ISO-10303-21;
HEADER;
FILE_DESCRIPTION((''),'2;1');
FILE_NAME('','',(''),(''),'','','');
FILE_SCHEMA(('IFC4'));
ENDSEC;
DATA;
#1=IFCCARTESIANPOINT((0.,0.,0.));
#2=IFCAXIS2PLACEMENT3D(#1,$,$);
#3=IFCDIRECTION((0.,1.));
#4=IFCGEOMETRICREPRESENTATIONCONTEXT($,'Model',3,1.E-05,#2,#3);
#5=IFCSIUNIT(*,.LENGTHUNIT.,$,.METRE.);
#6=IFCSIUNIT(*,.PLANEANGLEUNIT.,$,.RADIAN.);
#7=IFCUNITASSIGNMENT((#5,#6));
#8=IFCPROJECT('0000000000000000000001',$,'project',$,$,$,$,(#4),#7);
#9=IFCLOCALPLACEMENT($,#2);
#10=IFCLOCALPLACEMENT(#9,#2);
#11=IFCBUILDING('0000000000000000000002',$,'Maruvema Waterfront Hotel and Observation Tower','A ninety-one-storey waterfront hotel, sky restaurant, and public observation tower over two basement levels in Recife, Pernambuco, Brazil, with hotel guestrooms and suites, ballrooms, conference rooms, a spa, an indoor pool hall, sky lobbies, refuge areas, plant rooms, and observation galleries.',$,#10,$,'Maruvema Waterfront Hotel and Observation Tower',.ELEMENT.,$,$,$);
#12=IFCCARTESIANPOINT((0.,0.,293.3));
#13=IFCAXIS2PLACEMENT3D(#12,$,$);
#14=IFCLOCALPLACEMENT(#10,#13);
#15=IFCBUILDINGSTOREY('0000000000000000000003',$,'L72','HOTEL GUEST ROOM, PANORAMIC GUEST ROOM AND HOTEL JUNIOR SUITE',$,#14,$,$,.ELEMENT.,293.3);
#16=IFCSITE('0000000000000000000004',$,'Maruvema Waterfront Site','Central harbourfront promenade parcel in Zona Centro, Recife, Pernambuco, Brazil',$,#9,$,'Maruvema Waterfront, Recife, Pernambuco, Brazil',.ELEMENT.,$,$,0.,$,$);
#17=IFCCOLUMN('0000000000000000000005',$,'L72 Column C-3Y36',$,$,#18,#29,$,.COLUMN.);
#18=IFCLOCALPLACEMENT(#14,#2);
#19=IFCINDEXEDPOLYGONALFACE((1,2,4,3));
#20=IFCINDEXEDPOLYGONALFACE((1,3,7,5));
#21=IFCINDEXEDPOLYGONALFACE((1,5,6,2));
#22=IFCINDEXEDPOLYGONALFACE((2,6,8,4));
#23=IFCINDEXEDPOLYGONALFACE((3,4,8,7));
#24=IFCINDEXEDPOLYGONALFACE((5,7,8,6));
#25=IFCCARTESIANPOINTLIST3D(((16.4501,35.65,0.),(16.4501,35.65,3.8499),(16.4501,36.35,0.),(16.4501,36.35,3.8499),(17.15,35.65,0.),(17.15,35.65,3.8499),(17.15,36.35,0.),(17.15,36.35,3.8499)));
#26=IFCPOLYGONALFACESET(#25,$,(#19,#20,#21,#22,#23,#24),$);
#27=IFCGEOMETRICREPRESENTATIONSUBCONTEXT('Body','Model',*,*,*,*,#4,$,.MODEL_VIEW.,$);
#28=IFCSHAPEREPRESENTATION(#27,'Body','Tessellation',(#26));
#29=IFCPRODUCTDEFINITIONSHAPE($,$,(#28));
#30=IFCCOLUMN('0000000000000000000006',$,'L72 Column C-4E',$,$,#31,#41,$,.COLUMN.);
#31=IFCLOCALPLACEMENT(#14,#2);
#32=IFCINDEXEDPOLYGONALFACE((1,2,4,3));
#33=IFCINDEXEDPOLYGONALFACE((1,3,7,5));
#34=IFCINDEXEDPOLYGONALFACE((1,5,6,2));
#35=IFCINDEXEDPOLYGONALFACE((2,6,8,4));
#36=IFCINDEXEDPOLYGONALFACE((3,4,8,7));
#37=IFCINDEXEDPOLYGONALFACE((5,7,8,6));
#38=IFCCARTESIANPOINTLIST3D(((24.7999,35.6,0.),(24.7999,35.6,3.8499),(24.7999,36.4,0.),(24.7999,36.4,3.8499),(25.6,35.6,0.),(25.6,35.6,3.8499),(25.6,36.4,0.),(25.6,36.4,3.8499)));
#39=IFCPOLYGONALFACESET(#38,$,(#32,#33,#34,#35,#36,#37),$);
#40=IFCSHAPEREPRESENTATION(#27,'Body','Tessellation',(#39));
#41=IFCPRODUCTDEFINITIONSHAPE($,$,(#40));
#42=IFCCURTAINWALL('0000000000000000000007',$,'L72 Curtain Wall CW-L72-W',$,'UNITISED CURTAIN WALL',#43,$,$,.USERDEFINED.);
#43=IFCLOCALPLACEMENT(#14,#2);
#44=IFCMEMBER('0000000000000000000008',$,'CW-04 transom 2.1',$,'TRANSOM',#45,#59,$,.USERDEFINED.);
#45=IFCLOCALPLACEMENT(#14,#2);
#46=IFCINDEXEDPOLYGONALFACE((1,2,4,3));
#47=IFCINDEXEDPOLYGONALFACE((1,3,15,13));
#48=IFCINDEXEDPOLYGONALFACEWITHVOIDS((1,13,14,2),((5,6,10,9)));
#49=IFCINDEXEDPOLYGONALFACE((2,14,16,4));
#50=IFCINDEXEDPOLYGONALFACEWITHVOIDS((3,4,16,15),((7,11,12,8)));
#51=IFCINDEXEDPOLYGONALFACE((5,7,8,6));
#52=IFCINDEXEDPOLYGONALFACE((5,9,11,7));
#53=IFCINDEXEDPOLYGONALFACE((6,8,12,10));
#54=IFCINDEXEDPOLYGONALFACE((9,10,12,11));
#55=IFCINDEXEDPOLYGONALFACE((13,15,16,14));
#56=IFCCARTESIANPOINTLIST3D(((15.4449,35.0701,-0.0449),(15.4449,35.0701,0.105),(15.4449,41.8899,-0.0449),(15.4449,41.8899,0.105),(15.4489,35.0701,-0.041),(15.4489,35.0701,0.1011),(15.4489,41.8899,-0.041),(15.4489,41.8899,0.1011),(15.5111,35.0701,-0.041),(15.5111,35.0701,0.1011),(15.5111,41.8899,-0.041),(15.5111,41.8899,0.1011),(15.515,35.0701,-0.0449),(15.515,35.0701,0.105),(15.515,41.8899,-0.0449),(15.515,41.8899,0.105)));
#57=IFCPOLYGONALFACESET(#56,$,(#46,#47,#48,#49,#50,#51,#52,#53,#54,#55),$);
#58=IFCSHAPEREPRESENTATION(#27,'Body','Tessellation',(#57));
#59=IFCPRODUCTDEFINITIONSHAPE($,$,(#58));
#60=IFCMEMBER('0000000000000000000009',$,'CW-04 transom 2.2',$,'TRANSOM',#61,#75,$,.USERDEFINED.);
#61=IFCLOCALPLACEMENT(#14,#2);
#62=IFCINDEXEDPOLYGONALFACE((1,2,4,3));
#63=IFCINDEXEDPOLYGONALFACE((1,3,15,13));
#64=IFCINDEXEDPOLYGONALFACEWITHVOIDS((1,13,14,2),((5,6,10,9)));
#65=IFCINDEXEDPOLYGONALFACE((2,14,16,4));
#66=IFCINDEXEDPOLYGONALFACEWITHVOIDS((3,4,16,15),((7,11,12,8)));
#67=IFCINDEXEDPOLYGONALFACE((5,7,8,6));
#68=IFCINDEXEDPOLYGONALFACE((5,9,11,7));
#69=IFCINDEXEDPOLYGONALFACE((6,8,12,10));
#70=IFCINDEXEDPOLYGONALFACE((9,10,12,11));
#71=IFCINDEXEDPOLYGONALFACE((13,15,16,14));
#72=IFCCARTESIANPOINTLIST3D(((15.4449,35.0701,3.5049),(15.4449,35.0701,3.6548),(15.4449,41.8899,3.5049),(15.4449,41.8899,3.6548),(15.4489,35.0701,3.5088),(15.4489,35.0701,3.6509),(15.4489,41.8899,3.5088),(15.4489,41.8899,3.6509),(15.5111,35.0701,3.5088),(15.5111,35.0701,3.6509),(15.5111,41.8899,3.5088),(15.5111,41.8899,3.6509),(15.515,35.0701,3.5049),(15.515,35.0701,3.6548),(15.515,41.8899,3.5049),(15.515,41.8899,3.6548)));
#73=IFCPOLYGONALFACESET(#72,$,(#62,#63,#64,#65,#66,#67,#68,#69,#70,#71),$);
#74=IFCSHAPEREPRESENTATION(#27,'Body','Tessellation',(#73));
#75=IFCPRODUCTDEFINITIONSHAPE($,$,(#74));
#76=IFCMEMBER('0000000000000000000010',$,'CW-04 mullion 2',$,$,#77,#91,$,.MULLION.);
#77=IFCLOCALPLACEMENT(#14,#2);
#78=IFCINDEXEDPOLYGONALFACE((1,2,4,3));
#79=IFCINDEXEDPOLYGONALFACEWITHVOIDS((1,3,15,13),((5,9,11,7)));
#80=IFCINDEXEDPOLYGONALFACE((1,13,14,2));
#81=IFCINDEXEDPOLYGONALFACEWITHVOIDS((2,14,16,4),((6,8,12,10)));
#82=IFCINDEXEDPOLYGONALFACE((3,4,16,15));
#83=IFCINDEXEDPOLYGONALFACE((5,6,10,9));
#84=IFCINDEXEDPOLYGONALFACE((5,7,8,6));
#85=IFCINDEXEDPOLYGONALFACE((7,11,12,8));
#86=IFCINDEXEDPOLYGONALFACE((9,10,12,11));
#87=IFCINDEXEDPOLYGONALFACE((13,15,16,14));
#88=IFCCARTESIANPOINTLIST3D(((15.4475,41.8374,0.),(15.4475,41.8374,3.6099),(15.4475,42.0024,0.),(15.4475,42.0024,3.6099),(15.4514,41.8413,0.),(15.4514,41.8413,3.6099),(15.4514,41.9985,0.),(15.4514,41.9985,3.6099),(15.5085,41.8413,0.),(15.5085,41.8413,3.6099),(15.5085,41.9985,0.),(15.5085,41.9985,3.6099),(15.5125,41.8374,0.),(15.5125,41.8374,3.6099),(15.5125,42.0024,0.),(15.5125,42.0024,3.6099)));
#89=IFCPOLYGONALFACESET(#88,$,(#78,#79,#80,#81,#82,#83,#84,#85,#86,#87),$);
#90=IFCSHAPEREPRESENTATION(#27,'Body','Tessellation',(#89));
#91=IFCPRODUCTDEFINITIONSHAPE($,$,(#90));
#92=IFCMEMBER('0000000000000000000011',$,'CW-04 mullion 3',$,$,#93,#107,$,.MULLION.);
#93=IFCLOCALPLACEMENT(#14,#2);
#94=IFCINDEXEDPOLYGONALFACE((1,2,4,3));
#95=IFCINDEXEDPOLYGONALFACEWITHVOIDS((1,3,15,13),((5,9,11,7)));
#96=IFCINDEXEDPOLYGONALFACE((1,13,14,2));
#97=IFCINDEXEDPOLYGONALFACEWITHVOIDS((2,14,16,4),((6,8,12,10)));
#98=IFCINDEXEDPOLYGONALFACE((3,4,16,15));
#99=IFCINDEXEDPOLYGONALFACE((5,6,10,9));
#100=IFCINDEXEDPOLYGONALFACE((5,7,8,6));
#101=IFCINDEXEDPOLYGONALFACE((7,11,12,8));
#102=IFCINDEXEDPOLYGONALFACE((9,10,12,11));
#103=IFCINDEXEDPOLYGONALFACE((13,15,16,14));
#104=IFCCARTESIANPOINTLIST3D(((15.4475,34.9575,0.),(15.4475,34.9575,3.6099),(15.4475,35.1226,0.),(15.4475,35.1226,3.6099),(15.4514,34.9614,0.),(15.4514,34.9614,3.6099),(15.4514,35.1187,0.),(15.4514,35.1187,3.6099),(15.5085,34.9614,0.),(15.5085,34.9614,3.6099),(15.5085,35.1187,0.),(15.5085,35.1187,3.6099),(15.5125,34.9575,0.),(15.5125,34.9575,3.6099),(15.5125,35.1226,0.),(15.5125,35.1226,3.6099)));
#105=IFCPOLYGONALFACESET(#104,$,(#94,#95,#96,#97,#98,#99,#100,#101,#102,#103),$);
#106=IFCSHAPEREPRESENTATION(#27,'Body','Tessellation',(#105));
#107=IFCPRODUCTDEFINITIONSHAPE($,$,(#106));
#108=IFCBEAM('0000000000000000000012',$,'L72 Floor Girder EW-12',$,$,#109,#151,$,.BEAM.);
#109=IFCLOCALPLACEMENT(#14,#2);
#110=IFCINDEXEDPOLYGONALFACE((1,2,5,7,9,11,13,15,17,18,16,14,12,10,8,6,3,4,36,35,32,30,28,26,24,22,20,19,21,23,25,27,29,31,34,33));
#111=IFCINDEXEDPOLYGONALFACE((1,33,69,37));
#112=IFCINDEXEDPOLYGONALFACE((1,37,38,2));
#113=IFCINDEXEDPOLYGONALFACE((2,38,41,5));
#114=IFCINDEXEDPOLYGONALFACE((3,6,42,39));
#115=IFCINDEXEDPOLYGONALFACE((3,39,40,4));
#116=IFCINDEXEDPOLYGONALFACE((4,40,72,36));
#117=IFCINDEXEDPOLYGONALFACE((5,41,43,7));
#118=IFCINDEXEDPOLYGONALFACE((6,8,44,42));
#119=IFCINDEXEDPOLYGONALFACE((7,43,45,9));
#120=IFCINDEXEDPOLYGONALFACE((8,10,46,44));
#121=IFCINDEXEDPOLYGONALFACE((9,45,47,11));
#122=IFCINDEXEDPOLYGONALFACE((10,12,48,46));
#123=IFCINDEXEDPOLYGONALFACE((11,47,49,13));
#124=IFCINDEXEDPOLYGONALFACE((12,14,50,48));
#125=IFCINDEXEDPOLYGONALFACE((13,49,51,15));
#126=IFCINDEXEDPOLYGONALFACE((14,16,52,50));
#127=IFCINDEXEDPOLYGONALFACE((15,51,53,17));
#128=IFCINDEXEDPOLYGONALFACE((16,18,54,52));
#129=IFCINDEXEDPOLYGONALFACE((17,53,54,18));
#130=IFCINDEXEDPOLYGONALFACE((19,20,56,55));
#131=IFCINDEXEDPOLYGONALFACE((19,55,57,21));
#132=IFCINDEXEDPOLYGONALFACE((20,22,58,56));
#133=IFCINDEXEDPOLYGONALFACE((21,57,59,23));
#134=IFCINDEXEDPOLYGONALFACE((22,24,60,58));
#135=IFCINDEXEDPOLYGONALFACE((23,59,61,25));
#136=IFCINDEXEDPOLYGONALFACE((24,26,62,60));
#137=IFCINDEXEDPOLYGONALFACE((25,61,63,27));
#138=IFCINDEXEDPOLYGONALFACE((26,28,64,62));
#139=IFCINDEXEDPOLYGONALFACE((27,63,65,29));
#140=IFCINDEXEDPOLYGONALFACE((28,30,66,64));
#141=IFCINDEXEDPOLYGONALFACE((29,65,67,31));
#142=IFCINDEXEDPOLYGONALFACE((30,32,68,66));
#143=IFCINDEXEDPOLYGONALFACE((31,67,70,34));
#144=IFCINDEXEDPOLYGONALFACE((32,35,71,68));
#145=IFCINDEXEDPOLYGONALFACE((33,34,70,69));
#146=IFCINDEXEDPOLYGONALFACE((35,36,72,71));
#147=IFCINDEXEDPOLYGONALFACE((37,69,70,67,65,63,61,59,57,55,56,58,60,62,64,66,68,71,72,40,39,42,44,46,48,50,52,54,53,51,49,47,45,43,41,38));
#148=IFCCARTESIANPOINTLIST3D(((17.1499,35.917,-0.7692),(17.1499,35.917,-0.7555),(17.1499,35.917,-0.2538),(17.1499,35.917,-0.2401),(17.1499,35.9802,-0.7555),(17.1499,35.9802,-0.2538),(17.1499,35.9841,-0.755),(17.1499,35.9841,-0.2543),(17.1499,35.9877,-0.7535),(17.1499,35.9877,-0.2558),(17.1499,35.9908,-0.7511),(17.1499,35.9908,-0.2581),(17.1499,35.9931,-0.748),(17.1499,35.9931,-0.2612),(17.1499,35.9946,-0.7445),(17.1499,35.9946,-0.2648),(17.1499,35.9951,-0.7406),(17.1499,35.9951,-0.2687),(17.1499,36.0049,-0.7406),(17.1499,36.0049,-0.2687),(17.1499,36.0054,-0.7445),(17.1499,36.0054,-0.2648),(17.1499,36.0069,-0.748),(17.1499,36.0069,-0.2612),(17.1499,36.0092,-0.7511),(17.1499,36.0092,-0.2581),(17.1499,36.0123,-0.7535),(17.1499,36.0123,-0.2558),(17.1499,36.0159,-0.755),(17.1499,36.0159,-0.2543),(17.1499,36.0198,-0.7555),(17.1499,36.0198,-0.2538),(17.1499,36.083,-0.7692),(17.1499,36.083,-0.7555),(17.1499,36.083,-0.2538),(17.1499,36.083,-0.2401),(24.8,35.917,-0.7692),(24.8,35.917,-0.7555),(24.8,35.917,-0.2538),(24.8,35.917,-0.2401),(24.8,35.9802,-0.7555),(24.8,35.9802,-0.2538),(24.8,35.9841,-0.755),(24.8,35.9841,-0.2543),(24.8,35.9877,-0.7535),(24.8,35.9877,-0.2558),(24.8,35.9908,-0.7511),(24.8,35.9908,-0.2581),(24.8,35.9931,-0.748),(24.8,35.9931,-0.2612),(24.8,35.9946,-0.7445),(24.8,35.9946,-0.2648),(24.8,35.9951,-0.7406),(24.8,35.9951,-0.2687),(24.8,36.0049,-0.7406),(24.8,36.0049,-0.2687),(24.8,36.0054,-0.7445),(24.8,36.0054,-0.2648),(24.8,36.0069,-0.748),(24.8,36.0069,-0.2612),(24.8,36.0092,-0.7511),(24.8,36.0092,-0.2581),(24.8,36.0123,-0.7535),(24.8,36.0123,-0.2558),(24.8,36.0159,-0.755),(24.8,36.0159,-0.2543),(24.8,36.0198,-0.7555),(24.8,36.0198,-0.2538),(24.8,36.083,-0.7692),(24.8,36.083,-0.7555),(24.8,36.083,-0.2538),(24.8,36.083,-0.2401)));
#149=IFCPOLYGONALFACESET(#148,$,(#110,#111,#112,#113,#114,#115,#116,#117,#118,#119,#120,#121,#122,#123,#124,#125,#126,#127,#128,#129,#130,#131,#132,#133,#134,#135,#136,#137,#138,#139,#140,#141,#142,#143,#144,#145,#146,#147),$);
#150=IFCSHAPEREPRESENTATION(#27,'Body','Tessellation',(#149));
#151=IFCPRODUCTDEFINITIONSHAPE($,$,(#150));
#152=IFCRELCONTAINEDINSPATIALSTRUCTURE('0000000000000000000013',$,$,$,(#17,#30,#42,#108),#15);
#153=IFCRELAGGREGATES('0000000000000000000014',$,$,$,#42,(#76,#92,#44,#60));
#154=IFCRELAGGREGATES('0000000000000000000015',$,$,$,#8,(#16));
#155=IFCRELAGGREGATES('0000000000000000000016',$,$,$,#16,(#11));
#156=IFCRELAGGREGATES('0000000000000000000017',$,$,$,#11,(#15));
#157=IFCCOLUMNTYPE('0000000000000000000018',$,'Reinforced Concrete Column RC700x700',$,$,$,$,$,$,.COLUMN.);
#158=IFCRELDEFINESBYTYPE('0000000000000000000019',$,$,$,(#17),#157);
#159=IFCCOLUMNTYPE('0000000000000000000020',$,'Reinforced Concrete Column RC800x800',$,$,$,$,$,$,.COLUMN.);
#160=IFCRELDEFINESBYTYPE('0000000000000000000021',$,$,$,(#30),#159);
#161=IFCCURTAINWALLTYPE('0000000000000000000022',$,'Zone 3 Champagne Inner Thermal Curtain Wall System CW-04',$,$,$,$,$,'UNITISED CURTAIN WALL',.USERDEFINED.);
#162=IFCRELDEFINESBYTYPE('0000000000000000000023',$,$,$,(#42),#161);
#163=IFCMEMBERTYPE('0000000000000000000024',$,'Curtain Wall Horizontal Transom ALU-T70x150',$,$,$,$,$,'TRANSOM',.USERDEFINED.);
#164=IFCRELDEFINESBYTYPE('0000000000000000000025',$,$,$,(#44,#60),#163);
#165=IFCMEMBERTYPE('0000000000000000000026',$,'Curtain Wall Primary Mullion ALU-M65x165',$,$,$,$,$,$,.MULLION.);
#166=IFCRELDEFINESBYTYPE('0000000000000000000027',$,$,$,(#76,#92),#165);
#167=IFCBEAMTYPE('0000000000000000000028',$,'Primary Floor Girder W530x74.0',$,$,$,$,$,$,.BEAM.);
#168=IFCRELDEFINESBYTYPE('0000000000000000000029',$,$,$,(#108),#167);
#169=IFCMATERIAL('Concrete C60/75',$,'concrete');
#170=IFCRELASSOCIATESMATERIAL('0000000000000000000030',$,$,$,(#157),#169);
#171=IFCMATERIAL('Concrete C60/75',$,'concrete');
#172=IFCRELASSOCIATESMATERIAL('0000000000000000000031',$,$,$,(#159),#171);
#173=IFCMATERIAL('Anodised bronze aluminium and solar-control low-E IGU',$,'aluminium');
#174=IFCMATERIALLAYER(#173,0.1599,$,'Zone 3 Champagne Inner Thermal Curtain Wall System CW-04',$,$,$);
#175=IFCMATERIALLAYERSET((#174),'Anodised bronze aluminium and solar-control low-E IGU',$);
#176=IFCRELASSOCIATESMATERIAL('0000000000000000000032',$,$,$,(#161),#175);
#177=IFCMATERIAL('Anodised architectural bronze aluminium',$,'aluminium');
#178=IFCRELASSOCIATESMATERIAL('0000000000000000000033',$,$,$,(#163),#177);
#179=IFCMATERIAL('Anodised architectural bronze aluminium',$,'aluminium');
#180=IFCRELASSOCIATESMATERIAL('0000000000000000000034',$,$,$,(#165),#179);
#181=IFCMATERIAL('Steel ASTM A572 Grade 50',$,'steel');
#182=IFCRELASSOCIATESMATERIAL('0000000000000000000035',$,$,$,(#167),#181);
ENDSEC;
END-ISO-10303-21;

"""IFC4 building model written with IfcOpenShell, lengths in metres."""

from ifc_helpers import new_model, si_unit, direction, frame, origin, origin_2d, place, context, subcontext, project, spatial, rectangle, hollow_rectangle, i_section, extrude, material, layer, layer_set, material_profile, profile_set, type_object, element, aggregate, save


model = new_model("IFC4")

# Units and contexts
model_context = context("Model", 3, precision=1e-05, world=origin(), true_north=direction((0.0, 1.0)))
body_context = subcontext(model_context, "Body", "Model", "MODEL_VIEW")
ifc_project = project(units=[si_unit("LENGTHUNIT", "METRE"), si_unit("PLANEANGLEUNIT", "RADIAN")], contexts=[model_context])

# Site, building, storey
site_placement = place(None, origin())
site = spatial("IfcSite", under=ifc_project, at=site_placement, Name="Maruvema Waterfront Site", Description="Central harbourfront promenade parcel in Zona Centro, Recife, Pernambuco, Brazil", LongName="Maruvema Waterfront, Recife, Pernambuco, Brazil", CompositionType="ELEMENT", RefElevation=0.0)
building_placement = place(site_placement, origin())
building = spatial("IfcBuilding", under=site, at=building_placement, Name="Maruvema Waterfront Hotel and Observation Tower", Description="A ninety-one-storey waterfront hotel, sky restaurant, and public observation tower over two basement levels in Recife, Pernambuco, Brazil, with hotel guestrooms and suites, ballrooms, conference rooms, a spa, an indoor pool hall, sky lobbies, refuge areas, plant rooms, and observation galleries.", LongName="Maruvema Waterfront Hotel and Observation Tower", CompositionType="ELEMENT")
storey_placement = place(building_placement, frame((0.0, 0.0, 293.3)))
storey = spatial("IfcBuildingStorey", under=building, at=storey_placement, Name="L72", Description="HOTEL GUEST ROOM, PANORAMIC GUEST ROOM AND HOTEL JUNIOR SUITE", CompositionType="ELEMENT", Elevation=293.3)

# Columns
ifc_material_1 = material(Name="Concrete C60/75", Category="concrete")
ifc_material_profile_1 = material_profile(ifc_material_1, rectangle(XDim=0.7, YDim=0.7, at=origin_2d()), Name="RC700x700")
ifc_profile_set_1 = profile_set([ifc_material_profile_1], Name="Concrete C60/75")
column_type_1 = type_object("IfcColumnType", Name="Reinforced Concrete Column RC700x700", PredefinedType="COLUMN", material=ifc_profile_set_1)
column_1_placement = place(storey_placement, frame((16.8, 36.0, 0.0), z_axis=(0.0, 0.0, 1.0), x_axis=(1.0, 0.0, 0.0)))
element("IfcColumn", 1, at=column_1_placement, inside=storey, type_object=column_type_1, Name="L72 Column C-3Y36", PredefinedType="COLUMN", context=body_context, shape_type="SweptSolid", body=[
    extrude(rectangle(XDim=0.7, YDim=0.7, at=origin_2d()), origin(), (0.0, 0.0, 1.0), 3.8499),
])
ifc_material_2 = material(Name="Concrete C60/75", Category="concrete")
ifc_material_profile_2 = material_profile(ifc_material_2, rectangle(XDim=0.8, YDim=0.8, at=origin_2d()), Name="RC800x800")
ifc_profile_set_2 = profile_set([ifc_material_profile_2], Name="Concrete C60/75")
column_type_2 = type_object("IfcColumnType", Name="Reinforced Concrete Column RC800x800", PredefinedType="COLUMN", material=ifc_profile_set_2)
column_2_placement = place(storey_placement, frame((25.2, 36.0, 0.0), z_axis=(0.0, 0.0, 1.0), x_axis=(1.0, 0.0, 0.0)))
element("IfcColumn", 2, at=column_2_placement, inside=storey, type_object=column_type_2, Name="L72 Column C-4E", PredefinedType="COLUMN", context=body_context, shape_type="SweptSolid", body=[
    extrude(rectangle(XDim=0.8, YDim=0.8, at=origin_2d()), origin(), (0.0, 0.0, 1.0), 3.8499),
])

# Curtain wall, members
ifc_material_3 = material(Name="Anodised bronze aluminium and solar-control low-E IGU", Category="aluminium")
ifc_layer_1 = layer(ifc_material_3, 0.1599, Name="Zone 3 Champagne Inner Thermal Curtain Wall System CW-04")
ifc_layer_set_1 = layer_set([ifc_layer_1], Name="Anodised bronze aluminium and solar-control low-E IGU")
curtain_wall_type = type_object("IfcCurtainWallType", Name="Zone 3 Champagne Inner Thermal Curtain Wall System CW-04", ElementType="UNITISED CURTAIN WALL", PredefinedType="USERDEFINED", material=ifc_layer_set_1)
curtain_wall_placement = place(storey_placement, origin())
curtain_wall = element("IfcCurtainWall", 3, at=curtain_wall_placement, inside=storey, type_object=curtain_wall_type, Name="L72 Curtain Wall CW-L72-W", ObjectType="UNITISED CURTAIN WALL", PredefinedType="USERDEFINED")
ifc_material_4 = material(Name="Anodised architectural bronze aluminium", Category="aluminium")
ifc_material_profile_3 = material_profile(ifc_material_4, hollow_rectangle(XDim=0.0701, YDim=0.1499, WallThickness=0.0039, at=origin_2d()), Name="ALU-T70x150")
ifc_profile_set_3 = profile_set([ifc_material_profile_3], Name="Anodised architectural bronze aluminium")
member_type_1 = type_object("IfcMemberType", Name="Curtain Wall Horizontal Transom ALU-T70x150", ElementType="TRANSOM", PredefinedType="USERDEFINED", material=ifc_profile_set_3)
member_1_placement = place(storey_placement, frame((15.48, 41.8899, 0.03), z_axis=(0.0, -1.0, 0.0), x_axis=(1.0, 0.0, 0.0)))
member_1 = element("IfcMember", 4, at=member_1_placement, type_object=member_type_1, Name="CW-04 transom 2.1", ObjectType="TRANSOM", PredefinedType="USERDEFINED", context=body_context, shape_type="SweptSolid", body=[
    extrude(hollow_rectangle(XDim=0.0701, YDim=0.1499, WallThickness=0.0039, at=origin_2d()), origin(), (0.0, 0.0, 1.0), 6.8198),
])
member_2_placement = place(storey_placement, frame((15.48, 41.8899, 3.5798), z_axis=(0.0, -1.0, 0.0), x_axis=(1.0, 0.0, 0.0)))
member_2 = element("IfcMember", 5, at=member_2_placement, type_object=member_type_1, Name="CW-04 transom 2.2", ObjectType="TRANSOM", PredefinedType="USERDEFINED", context=body_context, shape_type="SweptSolid", body=[
    extrude(hollow_rectangle(XDim=0.0701, YDim=0.1499, WallThickness=0.0039, at=origin_2d()), origin(), (0.0, 0.0, 1.0), 6.8198),
])
ifc_material_5 = material(Name="Anodised architectural bronze aluminium", Category="aluminium")
ifc_material_profile_4 = material_profile(ifc_material_5, hollow_rectangle(XDim=0.0649, YDim=0.165, WallThickness=0.0039, at=origin_2d()), Name="ALU-M65x165")
ifc_profile_set_4 = profile_set([ifc_material_profile_4], Name="Anodised architectural bronze aluminium")
member_type_2 = type_object("IfcMemberType", Name="Curtain Wall Primary Mullion ALU-M65x165", PredefinedType="MULLION", material=ifc_profile_set_4)
member_3_placement = place(storey_placement, frame((15.48, 41.9199, 0.0), z_axis=(0.0, 0.0, 1.0), x_axis=(1.0, 0.0, 0.0)))
member_3 = element("IfcMember", 6, at=member_3_placement, type_object=member_type_2, Name="CW-04 mullion 2", PredefinedType="MULLION", context=body_context, shape_type="SweptSolid", body=[
    extrude(hollow_rectangle(XDim=0.0649, YDim=0.165, WallThickness=0.0039, at=origin_2d()), origin(), (0.0, 0.0, 1.0), 3.6099),
])
member_4_placement = place(storey_placement, frame((15.48, 35.04, 0.0), z_axis=(0.0, 0.0, 1.0), x_axis=(1.0, 0.0, 0.0)))
member_4 = element("IfcMember", 7, at=member_4_placement, type_object=member_type_2, Name="CW-04 mullion 3", PredefinedType="MULLION", context=body_context, shape_type="SweptSolid", body=[
    extrude(hollow_rectangle(XDim=0.0649, YDim=0.165, WallThickness=0.0039, at=origin_2d()), origin(), (0.0, 0.0, 1.0), 3.6099),
])

# Beam
ifc_material_6 = material(Name="Steel ASTM A572 Grade 50", Category="steel")
ifc_material_profile_5 = material_profile(ifc_material_6, i_section(OverallWidth=0.166, OverallDepth=0.5291, WebThickness=0.0098, FlangeThickness=0.0137, FilletRadius=0.0149, at=origin_2d()), Name="W530x74.0")
ifc_profile_set_5 = profile_set([ifc_material_profile_5], Name="Steel ASTM A572 Grade 50")
beam_type_1 = type_object("IfcBeamType", Name="Primary Floor Girder W530x74.0", PredefinedType="BEAM", material=ifc_profile_set_5)
beam_1_placement = place(storey_placement, frame((17.1499, 36.0, -0.5046), z_axis=(1.0, 0.0, 0.0), x_axis=(0.0, 1.0, 0.0)))
element("IfcBeam", 8, at=beam_1_placement, inside=storey, type_object=beam_type_1, Name="L72 Floor Girder EW-12", PredefinedType="BEAM", context=body_context, shape_type="SweptSolid", body=[
    extrude(i_section(OverallWidth=0.166, OverallDepth=0.5291, WebThickness=0.0098, FlangeThickness=0.0137, FilletRadius=0.0149, at=origin_2d()), origin(), (0.0, 0.0, 1.0), 7.6501),
])

aggregate(curtain_wall, [member_3, member_4, member_1, member_2])

save(model, "model.ifc")
